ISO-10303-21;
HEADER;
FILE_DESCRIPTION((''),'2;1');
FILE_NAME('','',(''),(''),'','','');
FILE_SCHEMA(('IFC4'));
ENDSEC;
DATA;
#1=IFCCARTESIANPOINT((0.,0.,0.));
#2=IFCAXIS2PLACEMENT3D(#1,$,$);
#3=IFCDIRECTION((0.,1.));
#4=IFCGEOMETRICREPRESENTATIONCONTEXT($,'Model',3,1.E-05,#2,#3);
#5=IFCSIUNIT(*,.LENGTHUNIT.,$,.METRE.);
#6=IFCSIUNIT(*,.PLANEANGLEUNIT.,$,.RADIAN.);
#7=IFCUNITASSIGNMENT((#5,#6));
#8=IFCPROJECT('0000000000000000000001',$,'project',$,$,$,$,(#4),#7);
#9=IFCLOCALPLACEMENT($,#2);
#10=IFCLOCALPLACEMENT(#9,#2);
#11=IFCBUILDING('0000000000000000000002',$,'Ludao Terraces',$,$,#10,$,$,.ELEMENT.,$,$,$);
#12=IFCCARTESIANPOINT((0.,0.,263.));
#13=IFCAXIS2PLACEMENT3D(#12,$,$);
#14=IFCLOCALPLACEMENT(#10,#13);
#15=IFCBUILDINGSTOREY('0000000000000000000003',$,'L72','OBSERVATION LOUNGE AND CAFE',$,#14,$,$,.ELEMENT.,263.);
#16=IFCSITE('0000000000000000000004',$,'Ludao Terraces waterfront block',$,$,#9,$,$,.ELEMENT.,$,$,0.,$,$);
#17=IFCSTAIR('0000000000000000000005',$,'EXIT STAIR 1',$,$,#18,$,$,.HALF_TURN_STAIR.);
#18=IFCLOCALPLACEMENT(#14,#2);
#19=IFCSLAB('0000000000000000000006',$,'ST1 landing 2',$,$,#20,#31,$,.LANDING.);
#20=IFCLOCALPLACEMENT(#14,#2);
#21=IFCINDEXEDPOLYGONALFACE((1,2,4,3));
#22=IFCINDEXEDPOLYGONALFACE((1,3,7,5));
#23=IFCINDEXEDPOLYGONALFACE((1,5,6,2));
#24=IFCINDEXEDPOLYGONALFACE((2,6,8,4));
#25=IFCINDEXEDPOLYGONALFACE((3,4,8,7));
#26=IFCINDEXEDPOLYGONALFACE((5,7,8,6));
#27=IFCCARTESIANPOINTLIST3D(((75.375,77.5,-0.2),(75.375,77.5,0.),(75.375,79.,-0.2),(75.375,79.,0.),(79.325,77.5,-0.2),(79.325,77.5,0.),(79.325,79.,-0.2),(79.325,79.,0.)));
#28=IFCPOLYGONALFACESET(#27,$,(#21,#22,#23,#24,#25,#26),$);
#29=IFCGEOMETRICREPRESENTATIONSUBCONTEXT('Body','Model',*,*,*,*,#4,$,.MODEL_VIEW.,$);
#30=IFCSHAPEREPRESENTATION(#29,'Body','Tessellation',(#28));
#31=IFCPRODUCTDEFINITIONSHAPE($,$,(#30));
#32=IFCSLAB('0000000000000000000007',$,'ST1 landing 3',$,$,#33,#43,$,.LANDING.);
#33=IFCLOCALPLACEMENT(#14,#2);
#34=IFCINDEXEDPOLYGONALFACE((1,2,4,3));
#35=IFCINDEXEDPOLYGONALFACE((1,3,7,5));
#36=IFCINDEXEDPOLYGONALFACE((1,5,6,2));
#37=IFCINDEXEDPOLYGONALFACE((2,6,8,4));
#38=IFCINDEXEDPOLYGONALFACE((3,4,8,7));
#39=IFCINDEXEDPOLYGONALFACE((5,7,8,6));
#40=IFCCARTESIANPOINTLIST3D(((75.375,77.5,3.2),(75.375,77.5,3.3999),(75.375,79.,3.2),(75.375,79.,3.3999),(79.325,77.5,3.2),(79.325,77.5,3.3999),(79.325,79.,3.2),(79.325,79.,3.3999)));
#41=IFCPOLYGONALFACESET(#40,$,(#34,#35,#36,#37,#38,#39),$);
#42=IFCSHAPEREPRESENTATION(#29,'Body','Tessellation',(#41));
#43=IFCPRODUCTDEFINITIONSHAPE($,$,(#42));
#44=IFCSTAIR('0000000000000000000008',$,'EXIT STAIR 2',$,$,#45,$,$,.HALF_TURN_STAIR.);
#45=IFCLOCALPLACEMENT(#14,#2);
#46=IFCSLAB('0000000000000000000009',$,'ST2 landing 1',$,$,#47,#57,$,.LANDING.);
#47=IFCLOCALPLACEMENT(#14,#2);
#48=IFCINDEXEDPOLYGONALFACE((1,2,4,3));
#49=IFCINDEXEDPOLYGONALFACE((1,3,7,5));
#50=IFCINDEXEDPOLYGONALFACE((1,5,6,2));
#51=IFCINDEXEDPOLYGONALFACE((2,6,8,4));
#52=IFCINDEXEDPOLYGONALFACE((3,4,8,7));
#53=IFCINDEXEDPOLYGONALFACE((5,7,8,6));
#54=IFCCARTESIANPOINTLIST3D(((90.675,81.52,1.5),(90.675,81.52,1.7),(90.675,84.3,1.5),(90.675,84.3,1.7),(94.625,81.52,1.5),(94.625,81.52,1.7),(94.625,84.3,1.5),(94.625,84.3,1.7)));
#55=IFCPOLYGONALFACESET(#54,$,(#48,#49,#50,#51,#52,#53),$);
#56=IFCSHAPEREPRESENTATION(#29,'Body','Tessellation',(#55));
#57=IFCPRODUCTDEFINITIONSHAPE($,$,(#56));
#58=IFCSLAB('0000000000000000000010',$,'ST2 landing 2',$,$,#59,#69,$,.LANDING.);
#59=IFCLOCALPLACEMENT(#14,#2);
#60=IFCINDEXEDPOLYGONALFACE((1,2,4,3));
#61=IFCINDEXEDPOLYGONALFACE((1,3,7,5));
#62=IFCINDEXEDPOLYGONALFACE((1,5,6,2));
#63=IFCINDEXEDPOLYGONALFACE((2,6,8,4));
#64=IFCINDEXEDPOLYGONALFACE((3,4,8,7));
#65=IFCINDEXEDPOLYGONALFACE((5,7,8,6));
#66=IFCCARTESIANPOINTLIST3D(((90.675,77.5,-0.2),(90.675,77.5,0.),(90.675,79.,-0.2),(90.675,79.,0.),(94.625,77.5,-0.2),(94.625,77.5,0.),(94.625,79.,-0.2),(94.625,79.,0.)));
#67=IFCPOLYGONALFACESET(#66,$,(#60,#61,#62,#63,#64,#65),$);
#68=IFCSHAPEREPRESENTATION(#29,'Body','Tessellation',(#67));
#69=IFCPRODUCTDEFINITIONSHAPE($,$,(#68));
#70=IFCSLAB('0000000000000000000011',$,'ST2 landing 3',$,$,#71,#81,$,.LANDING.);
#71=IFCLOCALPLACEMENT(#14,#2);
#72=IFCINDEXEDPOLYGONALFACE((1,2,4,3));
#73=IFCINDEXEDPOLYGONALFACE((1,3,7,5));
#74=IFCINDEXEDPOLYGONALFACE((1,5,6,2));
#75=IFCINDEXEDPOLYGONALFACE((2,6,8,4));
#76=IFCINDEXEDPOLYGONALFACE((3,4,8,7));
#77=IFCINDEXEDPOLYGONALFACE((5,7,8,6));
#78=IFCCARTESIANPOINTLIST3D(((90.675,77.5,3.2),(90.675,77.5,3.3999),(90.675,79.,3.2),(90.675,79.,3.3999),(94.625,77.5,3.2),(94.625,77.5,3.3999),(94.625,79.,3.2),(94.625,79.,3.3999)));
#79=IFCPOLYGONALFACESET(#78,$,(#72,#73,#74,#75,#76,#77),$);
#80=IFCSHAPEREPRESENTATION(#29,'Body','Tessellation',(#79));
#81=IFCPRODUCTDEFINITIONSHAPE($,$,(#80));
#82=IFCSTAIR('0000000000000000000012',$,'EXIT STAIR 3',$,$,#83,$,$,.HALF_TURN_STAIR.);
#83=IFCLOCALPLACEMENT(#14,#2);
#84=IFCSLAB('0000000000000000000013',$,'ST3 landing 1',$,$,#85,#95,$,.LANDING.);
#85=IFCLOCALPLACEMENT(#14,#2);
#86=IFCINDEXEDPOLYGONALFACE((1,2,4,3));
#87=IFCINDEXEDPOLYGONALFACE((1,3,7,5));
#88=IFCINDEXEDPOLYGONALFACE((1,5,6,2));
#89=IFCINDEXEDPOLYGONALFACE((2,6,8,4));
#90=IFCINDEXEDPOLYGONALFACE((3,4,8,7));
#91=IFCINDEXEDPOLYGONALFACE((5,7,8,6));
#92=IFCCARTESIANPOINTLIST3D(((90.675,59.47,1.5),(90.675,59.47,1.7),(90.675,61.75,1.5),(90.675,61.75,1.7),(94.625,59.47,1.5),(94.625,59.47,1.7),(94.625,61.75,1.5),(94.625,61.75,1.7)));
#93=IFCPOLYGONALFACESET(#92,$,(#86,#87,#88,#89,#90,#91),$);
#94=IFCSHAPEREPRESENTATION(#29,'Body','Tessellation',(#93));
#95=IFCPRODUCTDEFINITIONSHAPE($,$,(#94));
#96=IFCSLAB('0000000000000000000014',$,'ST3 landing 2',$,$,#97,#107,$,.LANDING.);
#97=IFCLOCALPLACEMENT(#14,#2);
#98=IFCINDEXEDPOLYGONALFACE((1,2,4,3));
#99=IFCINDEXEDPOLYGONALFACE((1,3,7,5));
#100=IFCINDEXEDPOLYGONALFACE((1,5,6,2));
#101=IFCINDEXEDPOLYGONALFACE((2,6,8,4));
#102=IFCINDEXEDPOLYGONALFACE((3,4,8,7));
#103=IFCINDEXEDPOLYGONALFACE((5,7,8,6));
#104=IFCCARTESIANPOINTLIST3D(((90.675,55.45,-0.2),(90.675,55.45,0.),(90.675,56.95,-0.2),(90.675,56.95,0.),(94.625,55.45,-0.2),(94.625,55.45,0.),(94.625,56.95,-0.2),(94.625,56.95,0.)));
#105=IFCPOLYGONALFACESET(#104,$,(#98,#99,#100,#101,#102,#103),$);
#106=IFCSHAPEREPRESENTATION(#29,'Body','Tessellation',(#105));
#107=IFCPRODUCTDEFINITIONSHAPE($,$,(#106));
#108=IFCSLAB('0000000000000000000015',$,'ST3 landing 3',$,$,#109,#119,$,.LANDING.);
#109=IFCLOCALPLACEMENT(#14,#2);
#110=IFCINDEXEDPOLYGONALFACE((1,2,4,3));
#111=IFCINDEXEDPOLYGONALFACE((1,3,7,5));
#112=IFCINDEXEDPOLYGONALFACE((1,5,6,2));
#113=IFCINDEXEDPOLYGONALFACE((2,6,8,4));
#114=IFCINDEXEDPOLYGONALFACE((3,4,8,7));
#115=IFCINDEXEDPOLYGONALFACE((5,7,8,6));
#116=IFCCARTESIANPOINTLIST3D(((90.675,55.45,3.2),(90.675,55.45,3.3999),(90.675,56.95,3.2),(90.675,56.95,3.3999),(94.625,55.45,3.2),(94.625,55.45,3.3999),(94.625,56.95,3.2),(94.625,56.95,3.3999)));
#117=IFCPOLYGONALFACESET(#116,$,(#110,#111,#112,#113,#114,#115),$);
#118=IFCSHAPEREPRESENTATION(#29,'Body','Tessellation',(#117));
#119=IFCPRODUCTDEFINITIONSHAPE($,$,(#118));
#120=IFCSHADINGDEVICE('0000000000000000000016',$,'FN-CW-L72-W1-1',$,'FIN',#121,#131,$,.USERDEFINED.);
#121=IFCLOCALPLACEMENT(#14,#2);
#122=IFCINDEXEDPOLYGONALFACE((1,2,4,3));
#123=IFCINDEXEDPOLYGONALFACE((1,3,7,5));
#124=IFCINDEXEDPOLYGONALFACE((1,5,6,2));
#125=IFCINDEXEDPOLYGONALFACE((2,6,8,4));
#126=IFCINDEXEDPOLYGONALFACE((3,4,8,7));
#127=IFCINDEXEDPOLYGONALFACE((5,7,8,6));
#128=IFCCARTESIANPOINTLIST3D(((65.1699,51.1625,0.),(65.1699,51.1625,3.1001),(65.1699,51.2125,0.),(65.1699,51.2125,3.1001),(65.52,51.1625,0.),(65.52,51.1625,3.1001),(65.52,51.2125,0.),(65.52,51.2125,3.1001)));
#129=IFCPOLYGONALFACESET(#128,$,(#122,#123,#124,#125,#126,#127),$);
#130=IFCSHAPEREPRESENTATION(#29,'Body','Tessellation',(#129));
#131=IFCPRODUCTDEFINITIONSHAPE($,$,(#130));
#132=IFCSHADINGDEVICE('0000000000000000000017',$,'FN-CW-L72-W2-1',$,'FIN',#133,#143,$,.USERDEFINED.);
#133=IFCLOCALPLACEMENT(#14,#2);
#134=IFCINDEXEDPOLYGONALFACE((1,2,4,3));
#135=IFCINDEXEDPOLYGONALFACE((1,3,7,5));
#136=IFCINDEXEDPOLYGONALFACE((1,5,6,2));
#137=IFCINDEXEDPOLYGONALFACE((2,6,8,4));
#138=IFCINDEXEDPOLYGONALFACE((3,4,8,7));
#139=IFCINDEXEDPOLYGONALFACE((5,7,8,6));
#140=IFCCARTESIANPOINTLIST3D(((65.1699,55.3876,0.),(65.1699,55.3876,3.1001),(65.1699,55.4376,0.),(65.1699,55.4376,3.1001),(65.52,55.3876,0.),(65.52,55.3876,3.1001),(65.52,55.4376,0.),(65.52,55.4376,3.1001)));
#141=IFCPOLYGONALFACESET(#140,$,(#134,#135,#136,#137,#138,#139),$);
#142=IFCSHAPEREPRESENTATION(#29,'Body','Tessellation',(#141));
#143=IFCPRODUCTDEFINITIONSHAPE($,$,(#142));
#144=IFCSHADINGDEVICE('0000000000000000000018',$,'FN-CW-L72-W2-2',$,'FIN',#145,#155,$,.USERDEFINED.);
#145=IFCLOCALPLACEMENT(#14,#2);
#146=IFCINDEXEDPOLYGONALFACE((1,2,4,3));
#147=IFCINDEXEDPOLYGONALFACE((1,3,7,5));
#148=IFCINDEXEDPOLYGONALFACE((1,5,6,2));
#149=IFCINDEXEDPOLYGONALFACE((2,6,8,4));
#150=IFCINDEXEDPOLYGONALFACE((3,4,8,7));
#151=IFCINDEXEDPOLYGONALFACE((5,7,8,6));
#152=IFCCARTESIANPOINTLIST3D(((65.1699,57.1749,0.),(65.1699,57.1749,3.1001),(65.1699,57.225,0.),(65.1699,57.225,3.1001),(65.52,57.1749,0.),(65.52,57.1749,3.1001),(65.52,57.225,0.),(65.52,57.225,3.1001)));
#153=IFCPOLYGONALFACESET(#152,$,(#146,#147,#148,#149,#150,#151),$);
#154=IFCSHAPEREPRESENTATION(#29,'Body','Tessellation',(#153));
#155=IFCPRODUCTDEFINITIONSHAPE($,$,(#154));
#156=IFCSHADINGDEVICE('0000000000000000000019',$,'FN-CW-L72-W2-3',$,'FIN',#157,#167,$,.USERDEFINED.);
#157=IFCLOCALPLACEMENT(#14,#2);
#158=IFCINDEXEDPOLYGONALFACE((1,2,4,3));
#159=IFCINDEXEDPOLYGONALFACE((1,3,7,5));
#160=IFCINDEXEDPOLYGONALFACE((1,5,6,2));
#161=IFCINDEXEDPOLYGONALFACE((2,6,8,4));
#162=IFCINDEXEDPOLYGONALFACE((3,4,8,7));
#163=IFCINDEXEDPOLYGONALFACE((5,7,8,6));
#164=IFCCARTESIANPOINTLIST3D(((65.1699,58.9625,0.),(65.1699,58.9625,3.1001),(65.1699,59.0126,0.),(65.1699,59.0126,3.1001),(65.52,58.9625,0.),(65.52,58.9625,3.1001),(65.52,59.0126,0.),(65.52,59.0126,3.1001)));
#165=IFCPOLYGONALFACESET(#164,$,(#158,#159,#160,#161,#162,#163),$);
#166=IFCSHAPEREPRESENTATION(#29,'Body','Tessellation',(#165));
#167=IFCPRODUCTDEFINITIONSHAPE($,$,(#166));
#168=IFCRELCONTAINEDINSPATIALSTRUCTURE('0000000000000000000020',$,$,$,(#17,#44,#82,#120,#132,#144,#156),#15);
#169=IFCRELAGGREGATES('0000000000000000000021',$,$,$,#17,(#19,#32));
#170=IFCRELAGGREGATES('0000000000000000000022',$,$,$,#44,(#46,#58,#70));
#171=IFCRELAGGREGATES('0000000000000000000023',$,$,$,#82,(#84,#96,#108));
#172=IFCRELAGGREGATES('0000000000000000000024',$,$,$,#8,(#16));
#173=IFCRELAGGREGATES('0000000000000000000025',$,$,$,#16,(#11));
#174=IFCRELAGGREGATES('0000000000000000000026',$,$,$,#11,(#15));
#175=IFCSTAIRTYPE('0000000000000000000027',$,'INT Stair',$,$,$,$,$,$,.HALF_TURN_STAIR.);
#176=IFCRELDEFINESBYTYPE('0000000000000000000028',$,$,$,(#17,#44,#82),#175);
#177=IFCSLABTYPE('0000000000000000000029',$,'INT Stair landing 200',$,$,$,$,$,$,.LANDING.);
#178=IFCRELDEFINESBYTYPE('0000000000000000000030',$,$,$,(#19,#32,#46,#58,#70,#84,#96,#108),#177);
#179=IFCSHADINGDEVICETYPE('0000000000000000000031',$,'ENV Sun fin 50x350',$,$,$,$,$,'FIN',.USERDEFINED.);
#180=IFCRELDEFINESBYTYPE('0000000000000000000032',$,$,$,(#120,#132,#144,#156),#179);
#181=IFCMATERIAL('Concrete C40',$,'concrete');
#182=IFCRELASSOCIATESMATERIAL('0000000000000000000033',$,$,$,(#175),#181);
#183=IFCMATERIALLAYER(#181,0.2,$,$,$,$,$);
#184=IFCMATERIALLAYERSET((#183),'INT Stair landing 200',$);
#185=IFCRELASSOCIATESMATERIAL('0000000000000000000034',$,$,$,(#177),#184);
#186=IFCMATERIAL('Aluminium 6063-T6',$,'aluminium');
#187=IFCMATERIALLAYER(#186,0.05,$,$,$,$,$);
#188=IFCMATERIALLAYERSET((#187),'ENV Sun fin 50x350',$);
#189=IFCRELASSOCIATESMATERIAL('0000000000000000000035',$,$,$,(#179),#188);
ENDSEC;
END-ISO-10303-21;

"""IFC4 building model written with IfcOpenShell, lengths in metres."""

from ifc_helpers import new_model, si_unit, direction, frame, origin, origin_2d, place, context, subcontext, project, spatial, polyline, rectangle, outline, extrude, material, layer, layer_set, type_object, element, aggregate, save


model = new_model("IFC4")

# Units and contexts
model_context = context("Model", 3, precision=1e-05, world=origin(), true_north=direction((0.0, 1.0)))
body_context = subcontext(model_context, "Body", "Model", "MODEL_VIEW")
ifc_project = project(units=[si_unit("LENGTHUNIT", "METRE"), si_unit("PLANEANGLEUNIT", "RADIAN")], contexts=[model_context])

# Site, building, storey
site_placement = place(None, origin())
site = spatial("IfcSite", under=ifc_project, at=site_placement, Name="Ludao Terraces waterfront block", CompositionType="ELEMENT", RefElevation=0.0)
building_placement = place(site_placement, origin())
building = spatial("IfcBuilding", under=site, at=building_placement, Name="Ludao Terraces", CompositionType="ELEMENT")
storey_placement = place(building_placement, frame((0.0, 0.0, 263.0)))
storey = spatial("IfcBuildingStorey", under=building, at=storey_placement, Name="L72", Description="OBSERVATION LOUNGE AND CAFE", CompositionType="ELEMENT", Elevation=263.0)

# Shared definitions
ifc_material_1 = material(Name="Concrete C40", Category="concrete")

# Shared definitions
ifc_material_2 = material(Name="Aluminium 6063-T6", Category="aluminium")

# Stairs, slabs
stair_type = type_object("IfcStairType", Name="INT Stair", PredefinedType="HALF_TURN_STAIR", material=ifc_material_1)
stair_1_placement = place(storey_placement, origin())
stair_1 = element("IfcStair", 1, at=stair_1_placement, inside=storey, type_object=stair_type, Name="EXIT STAIR 1", PredefinedType="HALF_TURN_STAIR")
ifc_layer_1 = layer(ifc_material_1, 0.2)
ifc_layer_set_1 = layer_set([ifc_layer_1], Name="INT Stair landing 200")
slab_type_1 = type_object("IfcSlabType", Name="INT Stair landing 200", PredefinedType="LANDING", material=ifc_layer_set_1)
slab_1_placement = place(storey_placement, frame((0.0, 0.0, -0.2)))
slab_1 = element("IfcSlab", 2, at=slab_1_placement, type_object=slab_type_1, Name="ST1 landing 2", PredefinedType="LANDING", context=body_context, shape_type="SweptSolid", body=[
    extrude(outline(polyline([(75.375, 77.5), (79.325, 77.5), (79.325, 79.0), (75.375, 79.0), (75.375, 77.5)])), origin(), (0.0, 0.0, 1.0), 0.2),
])
slab_2_placement = place(storey_placement, frame((0.0, 0.0, 3.2)))
slab_2 = element("IfcSlab", 3, at=slab_2_placement, type_object=slab_type_1, Name="ST1 landing 3", PredefinedType="LANDING", context=body_context, shape_type="SweptSolid", body=[
    extrude(outline(polyline([(75.375, 77.5), (79.325, 77.5), (79.325, 79.0), (75.375, 79.0), (75.375, 77.5)])), origin(), (0.0, 0.0, 1.0), 0.2),
])
aggregate(stair_1, [slab_1, slab_2])
stair_2_placement = place(storey_placement, origin())
stair_2 = element("IfcStair", 4, at=stair_2_placement, inside=storey, type_object=stair_type, Name="EXIT STAIR 2", PredefinedType="HALF_TURN_STAIR")
slab_3_placement = place(storey_placement, frame((0.0, 0.0, 1.5)))
slab_3 = element("IfcSlab", 5, at=slab_3_placement, type_object=slab_type_1, Name="ST2 landing 1", PredefinedType="LANDING", context=body_context, shape_type="SweptSolid", body=[
    extrude(outline(polyline([(90.675, 81.52), (94.625, 81.52), (94.625, 84.3), (90.675, 84.3), (90.675, 81.52)])), origin(), (0.0, 0.0, 1.0), 0.2),
])
slab_4_placement = place(storey_placement, frame((0.0, 0.0, -0.2)))
slab_4 = element("IfcSlab", 6, at=slab_4_placement, type_object=slab_type_1, Name="ST2 landing 2", PredefinedType="LANDING", context=body_context, shape_type="SweptSolid", body=[
    extrude(outline(polyline([(90.675, 77.5), (94.625, 77.5), (94.625, 79.0), (90.675, 79.0), (90.675, 77.5)])), origin(), (0.0, 0.0, 1.0), 0.2),
])
slab_5_placement = place(storey_placement, frame((0.0, 0.0, 3.2)))
slab_5 = element("IfcSlab", 7, at=slab_5_placement, type_object=slab_type_1, Name="ST2 landing 3", PredefinedType="LANDING", context=body_context, shape_type="SweptSolid", body=[
    extrude(outline(polyline([(90.675, 77.5), (94.625, 77.5), (94.625, 79.0), (90.675, 79.0), (90.675, 77.5)])), origin(), (0.0, 0.0, 1.0), 0.2),
])
aggregate(stair_2, [slab_3, slab_4, slab_5])
stair_3_placement = place(storey_placement, origin())
stair_3 = element("IfcStair", 8, at=stair_3_placement, inside=storey, type_object=stair_type, Name="EXIT STAIR 3", PredefinedType="HALF_TURN_STAIR")
slab_6_placement = place(storey_placement, frame((0.0, 0.0, 1.5)))
slab_6 = element("IfcSlab", 9, at=slab_6_placement, type_object=slab_type_1, Name="ST3 landing 1", PredefinedType="LANDING", context=body_context, shape_type="SweptSolid", body=[
    extrude(outline(polyline([(90.675, 59.47), (94.625, 59.47), (94.625, 61.75), (90.675, 61.75), (90.675, 59.47)])), origin(), (0.0, 0.0, 1.0), 0.2),
])
slab_7_placement = place(storey_placement, frame((0.0, 0.0, -0.2)))
slab_7 = element("IfcSlab", 10, at=slab_7_placement, type_object=slab_type_1, Name="ST3 landing 2", PredefinedType="LANDING", context=body_context, shape_type="SweptSolid", body=[
    extrude(outline(polyline([(90.675, 55.45), (94.625, 55.45), (94.625, 56.95), (90.675, 56.95), (90.675, 55.45)])), origin(), (0.0, 0.0, 1.0), 0.2),
])
slab_8_placement = place(storey_placement, frame((0.0, 0.0, 3.2)))
slab_8 = element("IfcSlab", 11, at=slab_8_placement, type_object=slab_type_1, Name="ST3 landing 3", PredefinedType="LANDING", context=body_context, shape_type="SweptSolid", body=[
    extrude(outline(polyline([(90.675, 55.45), (94.625, 55.45), (94.625, 56.95), (90.675, 56.95), (90.675, 55.45)])), origin(), (0.0, 0.0, 1.0), 0.2),
])
aggregate(stair_3, [slab_6, slab_7, slab_8])

# Shading devices
ifc_layer_2 = layer(ifc_material_2, 0.05)
ifc_layer_set_2 = layer_set([ifc_layer_2], Name="ENV Sun fin 50x350")
shading_device_type = type_object("IfcShadingDeviceType", Name="ENV Sun fin 50x350", ElementType="FIN", PredefinedType="USERDEFINED", material=ifc_layer_set_2)
for number, where, z_axis, x_axis, name in (
    (12, (65.345, 51.1875, 0.0), (0.0, 0.0, 1.0), (1.0, 0.0, 0.0), "FN-CW-L72-W1-1"),
    (13, (65.345, 55.4126, 0.0), (0.0, 0.0, 1.0), (1.0, 0.0, 0.0), "FN-CW-L72-W2-1"),
    (14, (65.345, 57.2, 0.0), (0.0, 0.0, 1.0), (1.0, 0.0, 0.0), "FN-CW-L72-W2-2"),
    (15, (65.345, 58.9875, 0.0), (0.0, 0.0, 1.0), (1.0, 0.0, 0.0), "FN-CW-L72-W2-3"),
):
    element("IfcShadingDevice", number, at=place(storey_placement, frame(where, z_axis=z_axis, x_axis=x_axis)), inside=storey, type_object=shading_device_type, Name=name, ObjectType="FIN", PredefinedType="USERDEFINED", context=body_context, shape_type="SweptSolid", body=[
        extrude(rectangle(XDim=0.3501, YDim=0.05, at=origin_2d()), origin(), (0.0, 0.0, 1.0), 3.1001),
    ])

save(model, "model.ifc")
